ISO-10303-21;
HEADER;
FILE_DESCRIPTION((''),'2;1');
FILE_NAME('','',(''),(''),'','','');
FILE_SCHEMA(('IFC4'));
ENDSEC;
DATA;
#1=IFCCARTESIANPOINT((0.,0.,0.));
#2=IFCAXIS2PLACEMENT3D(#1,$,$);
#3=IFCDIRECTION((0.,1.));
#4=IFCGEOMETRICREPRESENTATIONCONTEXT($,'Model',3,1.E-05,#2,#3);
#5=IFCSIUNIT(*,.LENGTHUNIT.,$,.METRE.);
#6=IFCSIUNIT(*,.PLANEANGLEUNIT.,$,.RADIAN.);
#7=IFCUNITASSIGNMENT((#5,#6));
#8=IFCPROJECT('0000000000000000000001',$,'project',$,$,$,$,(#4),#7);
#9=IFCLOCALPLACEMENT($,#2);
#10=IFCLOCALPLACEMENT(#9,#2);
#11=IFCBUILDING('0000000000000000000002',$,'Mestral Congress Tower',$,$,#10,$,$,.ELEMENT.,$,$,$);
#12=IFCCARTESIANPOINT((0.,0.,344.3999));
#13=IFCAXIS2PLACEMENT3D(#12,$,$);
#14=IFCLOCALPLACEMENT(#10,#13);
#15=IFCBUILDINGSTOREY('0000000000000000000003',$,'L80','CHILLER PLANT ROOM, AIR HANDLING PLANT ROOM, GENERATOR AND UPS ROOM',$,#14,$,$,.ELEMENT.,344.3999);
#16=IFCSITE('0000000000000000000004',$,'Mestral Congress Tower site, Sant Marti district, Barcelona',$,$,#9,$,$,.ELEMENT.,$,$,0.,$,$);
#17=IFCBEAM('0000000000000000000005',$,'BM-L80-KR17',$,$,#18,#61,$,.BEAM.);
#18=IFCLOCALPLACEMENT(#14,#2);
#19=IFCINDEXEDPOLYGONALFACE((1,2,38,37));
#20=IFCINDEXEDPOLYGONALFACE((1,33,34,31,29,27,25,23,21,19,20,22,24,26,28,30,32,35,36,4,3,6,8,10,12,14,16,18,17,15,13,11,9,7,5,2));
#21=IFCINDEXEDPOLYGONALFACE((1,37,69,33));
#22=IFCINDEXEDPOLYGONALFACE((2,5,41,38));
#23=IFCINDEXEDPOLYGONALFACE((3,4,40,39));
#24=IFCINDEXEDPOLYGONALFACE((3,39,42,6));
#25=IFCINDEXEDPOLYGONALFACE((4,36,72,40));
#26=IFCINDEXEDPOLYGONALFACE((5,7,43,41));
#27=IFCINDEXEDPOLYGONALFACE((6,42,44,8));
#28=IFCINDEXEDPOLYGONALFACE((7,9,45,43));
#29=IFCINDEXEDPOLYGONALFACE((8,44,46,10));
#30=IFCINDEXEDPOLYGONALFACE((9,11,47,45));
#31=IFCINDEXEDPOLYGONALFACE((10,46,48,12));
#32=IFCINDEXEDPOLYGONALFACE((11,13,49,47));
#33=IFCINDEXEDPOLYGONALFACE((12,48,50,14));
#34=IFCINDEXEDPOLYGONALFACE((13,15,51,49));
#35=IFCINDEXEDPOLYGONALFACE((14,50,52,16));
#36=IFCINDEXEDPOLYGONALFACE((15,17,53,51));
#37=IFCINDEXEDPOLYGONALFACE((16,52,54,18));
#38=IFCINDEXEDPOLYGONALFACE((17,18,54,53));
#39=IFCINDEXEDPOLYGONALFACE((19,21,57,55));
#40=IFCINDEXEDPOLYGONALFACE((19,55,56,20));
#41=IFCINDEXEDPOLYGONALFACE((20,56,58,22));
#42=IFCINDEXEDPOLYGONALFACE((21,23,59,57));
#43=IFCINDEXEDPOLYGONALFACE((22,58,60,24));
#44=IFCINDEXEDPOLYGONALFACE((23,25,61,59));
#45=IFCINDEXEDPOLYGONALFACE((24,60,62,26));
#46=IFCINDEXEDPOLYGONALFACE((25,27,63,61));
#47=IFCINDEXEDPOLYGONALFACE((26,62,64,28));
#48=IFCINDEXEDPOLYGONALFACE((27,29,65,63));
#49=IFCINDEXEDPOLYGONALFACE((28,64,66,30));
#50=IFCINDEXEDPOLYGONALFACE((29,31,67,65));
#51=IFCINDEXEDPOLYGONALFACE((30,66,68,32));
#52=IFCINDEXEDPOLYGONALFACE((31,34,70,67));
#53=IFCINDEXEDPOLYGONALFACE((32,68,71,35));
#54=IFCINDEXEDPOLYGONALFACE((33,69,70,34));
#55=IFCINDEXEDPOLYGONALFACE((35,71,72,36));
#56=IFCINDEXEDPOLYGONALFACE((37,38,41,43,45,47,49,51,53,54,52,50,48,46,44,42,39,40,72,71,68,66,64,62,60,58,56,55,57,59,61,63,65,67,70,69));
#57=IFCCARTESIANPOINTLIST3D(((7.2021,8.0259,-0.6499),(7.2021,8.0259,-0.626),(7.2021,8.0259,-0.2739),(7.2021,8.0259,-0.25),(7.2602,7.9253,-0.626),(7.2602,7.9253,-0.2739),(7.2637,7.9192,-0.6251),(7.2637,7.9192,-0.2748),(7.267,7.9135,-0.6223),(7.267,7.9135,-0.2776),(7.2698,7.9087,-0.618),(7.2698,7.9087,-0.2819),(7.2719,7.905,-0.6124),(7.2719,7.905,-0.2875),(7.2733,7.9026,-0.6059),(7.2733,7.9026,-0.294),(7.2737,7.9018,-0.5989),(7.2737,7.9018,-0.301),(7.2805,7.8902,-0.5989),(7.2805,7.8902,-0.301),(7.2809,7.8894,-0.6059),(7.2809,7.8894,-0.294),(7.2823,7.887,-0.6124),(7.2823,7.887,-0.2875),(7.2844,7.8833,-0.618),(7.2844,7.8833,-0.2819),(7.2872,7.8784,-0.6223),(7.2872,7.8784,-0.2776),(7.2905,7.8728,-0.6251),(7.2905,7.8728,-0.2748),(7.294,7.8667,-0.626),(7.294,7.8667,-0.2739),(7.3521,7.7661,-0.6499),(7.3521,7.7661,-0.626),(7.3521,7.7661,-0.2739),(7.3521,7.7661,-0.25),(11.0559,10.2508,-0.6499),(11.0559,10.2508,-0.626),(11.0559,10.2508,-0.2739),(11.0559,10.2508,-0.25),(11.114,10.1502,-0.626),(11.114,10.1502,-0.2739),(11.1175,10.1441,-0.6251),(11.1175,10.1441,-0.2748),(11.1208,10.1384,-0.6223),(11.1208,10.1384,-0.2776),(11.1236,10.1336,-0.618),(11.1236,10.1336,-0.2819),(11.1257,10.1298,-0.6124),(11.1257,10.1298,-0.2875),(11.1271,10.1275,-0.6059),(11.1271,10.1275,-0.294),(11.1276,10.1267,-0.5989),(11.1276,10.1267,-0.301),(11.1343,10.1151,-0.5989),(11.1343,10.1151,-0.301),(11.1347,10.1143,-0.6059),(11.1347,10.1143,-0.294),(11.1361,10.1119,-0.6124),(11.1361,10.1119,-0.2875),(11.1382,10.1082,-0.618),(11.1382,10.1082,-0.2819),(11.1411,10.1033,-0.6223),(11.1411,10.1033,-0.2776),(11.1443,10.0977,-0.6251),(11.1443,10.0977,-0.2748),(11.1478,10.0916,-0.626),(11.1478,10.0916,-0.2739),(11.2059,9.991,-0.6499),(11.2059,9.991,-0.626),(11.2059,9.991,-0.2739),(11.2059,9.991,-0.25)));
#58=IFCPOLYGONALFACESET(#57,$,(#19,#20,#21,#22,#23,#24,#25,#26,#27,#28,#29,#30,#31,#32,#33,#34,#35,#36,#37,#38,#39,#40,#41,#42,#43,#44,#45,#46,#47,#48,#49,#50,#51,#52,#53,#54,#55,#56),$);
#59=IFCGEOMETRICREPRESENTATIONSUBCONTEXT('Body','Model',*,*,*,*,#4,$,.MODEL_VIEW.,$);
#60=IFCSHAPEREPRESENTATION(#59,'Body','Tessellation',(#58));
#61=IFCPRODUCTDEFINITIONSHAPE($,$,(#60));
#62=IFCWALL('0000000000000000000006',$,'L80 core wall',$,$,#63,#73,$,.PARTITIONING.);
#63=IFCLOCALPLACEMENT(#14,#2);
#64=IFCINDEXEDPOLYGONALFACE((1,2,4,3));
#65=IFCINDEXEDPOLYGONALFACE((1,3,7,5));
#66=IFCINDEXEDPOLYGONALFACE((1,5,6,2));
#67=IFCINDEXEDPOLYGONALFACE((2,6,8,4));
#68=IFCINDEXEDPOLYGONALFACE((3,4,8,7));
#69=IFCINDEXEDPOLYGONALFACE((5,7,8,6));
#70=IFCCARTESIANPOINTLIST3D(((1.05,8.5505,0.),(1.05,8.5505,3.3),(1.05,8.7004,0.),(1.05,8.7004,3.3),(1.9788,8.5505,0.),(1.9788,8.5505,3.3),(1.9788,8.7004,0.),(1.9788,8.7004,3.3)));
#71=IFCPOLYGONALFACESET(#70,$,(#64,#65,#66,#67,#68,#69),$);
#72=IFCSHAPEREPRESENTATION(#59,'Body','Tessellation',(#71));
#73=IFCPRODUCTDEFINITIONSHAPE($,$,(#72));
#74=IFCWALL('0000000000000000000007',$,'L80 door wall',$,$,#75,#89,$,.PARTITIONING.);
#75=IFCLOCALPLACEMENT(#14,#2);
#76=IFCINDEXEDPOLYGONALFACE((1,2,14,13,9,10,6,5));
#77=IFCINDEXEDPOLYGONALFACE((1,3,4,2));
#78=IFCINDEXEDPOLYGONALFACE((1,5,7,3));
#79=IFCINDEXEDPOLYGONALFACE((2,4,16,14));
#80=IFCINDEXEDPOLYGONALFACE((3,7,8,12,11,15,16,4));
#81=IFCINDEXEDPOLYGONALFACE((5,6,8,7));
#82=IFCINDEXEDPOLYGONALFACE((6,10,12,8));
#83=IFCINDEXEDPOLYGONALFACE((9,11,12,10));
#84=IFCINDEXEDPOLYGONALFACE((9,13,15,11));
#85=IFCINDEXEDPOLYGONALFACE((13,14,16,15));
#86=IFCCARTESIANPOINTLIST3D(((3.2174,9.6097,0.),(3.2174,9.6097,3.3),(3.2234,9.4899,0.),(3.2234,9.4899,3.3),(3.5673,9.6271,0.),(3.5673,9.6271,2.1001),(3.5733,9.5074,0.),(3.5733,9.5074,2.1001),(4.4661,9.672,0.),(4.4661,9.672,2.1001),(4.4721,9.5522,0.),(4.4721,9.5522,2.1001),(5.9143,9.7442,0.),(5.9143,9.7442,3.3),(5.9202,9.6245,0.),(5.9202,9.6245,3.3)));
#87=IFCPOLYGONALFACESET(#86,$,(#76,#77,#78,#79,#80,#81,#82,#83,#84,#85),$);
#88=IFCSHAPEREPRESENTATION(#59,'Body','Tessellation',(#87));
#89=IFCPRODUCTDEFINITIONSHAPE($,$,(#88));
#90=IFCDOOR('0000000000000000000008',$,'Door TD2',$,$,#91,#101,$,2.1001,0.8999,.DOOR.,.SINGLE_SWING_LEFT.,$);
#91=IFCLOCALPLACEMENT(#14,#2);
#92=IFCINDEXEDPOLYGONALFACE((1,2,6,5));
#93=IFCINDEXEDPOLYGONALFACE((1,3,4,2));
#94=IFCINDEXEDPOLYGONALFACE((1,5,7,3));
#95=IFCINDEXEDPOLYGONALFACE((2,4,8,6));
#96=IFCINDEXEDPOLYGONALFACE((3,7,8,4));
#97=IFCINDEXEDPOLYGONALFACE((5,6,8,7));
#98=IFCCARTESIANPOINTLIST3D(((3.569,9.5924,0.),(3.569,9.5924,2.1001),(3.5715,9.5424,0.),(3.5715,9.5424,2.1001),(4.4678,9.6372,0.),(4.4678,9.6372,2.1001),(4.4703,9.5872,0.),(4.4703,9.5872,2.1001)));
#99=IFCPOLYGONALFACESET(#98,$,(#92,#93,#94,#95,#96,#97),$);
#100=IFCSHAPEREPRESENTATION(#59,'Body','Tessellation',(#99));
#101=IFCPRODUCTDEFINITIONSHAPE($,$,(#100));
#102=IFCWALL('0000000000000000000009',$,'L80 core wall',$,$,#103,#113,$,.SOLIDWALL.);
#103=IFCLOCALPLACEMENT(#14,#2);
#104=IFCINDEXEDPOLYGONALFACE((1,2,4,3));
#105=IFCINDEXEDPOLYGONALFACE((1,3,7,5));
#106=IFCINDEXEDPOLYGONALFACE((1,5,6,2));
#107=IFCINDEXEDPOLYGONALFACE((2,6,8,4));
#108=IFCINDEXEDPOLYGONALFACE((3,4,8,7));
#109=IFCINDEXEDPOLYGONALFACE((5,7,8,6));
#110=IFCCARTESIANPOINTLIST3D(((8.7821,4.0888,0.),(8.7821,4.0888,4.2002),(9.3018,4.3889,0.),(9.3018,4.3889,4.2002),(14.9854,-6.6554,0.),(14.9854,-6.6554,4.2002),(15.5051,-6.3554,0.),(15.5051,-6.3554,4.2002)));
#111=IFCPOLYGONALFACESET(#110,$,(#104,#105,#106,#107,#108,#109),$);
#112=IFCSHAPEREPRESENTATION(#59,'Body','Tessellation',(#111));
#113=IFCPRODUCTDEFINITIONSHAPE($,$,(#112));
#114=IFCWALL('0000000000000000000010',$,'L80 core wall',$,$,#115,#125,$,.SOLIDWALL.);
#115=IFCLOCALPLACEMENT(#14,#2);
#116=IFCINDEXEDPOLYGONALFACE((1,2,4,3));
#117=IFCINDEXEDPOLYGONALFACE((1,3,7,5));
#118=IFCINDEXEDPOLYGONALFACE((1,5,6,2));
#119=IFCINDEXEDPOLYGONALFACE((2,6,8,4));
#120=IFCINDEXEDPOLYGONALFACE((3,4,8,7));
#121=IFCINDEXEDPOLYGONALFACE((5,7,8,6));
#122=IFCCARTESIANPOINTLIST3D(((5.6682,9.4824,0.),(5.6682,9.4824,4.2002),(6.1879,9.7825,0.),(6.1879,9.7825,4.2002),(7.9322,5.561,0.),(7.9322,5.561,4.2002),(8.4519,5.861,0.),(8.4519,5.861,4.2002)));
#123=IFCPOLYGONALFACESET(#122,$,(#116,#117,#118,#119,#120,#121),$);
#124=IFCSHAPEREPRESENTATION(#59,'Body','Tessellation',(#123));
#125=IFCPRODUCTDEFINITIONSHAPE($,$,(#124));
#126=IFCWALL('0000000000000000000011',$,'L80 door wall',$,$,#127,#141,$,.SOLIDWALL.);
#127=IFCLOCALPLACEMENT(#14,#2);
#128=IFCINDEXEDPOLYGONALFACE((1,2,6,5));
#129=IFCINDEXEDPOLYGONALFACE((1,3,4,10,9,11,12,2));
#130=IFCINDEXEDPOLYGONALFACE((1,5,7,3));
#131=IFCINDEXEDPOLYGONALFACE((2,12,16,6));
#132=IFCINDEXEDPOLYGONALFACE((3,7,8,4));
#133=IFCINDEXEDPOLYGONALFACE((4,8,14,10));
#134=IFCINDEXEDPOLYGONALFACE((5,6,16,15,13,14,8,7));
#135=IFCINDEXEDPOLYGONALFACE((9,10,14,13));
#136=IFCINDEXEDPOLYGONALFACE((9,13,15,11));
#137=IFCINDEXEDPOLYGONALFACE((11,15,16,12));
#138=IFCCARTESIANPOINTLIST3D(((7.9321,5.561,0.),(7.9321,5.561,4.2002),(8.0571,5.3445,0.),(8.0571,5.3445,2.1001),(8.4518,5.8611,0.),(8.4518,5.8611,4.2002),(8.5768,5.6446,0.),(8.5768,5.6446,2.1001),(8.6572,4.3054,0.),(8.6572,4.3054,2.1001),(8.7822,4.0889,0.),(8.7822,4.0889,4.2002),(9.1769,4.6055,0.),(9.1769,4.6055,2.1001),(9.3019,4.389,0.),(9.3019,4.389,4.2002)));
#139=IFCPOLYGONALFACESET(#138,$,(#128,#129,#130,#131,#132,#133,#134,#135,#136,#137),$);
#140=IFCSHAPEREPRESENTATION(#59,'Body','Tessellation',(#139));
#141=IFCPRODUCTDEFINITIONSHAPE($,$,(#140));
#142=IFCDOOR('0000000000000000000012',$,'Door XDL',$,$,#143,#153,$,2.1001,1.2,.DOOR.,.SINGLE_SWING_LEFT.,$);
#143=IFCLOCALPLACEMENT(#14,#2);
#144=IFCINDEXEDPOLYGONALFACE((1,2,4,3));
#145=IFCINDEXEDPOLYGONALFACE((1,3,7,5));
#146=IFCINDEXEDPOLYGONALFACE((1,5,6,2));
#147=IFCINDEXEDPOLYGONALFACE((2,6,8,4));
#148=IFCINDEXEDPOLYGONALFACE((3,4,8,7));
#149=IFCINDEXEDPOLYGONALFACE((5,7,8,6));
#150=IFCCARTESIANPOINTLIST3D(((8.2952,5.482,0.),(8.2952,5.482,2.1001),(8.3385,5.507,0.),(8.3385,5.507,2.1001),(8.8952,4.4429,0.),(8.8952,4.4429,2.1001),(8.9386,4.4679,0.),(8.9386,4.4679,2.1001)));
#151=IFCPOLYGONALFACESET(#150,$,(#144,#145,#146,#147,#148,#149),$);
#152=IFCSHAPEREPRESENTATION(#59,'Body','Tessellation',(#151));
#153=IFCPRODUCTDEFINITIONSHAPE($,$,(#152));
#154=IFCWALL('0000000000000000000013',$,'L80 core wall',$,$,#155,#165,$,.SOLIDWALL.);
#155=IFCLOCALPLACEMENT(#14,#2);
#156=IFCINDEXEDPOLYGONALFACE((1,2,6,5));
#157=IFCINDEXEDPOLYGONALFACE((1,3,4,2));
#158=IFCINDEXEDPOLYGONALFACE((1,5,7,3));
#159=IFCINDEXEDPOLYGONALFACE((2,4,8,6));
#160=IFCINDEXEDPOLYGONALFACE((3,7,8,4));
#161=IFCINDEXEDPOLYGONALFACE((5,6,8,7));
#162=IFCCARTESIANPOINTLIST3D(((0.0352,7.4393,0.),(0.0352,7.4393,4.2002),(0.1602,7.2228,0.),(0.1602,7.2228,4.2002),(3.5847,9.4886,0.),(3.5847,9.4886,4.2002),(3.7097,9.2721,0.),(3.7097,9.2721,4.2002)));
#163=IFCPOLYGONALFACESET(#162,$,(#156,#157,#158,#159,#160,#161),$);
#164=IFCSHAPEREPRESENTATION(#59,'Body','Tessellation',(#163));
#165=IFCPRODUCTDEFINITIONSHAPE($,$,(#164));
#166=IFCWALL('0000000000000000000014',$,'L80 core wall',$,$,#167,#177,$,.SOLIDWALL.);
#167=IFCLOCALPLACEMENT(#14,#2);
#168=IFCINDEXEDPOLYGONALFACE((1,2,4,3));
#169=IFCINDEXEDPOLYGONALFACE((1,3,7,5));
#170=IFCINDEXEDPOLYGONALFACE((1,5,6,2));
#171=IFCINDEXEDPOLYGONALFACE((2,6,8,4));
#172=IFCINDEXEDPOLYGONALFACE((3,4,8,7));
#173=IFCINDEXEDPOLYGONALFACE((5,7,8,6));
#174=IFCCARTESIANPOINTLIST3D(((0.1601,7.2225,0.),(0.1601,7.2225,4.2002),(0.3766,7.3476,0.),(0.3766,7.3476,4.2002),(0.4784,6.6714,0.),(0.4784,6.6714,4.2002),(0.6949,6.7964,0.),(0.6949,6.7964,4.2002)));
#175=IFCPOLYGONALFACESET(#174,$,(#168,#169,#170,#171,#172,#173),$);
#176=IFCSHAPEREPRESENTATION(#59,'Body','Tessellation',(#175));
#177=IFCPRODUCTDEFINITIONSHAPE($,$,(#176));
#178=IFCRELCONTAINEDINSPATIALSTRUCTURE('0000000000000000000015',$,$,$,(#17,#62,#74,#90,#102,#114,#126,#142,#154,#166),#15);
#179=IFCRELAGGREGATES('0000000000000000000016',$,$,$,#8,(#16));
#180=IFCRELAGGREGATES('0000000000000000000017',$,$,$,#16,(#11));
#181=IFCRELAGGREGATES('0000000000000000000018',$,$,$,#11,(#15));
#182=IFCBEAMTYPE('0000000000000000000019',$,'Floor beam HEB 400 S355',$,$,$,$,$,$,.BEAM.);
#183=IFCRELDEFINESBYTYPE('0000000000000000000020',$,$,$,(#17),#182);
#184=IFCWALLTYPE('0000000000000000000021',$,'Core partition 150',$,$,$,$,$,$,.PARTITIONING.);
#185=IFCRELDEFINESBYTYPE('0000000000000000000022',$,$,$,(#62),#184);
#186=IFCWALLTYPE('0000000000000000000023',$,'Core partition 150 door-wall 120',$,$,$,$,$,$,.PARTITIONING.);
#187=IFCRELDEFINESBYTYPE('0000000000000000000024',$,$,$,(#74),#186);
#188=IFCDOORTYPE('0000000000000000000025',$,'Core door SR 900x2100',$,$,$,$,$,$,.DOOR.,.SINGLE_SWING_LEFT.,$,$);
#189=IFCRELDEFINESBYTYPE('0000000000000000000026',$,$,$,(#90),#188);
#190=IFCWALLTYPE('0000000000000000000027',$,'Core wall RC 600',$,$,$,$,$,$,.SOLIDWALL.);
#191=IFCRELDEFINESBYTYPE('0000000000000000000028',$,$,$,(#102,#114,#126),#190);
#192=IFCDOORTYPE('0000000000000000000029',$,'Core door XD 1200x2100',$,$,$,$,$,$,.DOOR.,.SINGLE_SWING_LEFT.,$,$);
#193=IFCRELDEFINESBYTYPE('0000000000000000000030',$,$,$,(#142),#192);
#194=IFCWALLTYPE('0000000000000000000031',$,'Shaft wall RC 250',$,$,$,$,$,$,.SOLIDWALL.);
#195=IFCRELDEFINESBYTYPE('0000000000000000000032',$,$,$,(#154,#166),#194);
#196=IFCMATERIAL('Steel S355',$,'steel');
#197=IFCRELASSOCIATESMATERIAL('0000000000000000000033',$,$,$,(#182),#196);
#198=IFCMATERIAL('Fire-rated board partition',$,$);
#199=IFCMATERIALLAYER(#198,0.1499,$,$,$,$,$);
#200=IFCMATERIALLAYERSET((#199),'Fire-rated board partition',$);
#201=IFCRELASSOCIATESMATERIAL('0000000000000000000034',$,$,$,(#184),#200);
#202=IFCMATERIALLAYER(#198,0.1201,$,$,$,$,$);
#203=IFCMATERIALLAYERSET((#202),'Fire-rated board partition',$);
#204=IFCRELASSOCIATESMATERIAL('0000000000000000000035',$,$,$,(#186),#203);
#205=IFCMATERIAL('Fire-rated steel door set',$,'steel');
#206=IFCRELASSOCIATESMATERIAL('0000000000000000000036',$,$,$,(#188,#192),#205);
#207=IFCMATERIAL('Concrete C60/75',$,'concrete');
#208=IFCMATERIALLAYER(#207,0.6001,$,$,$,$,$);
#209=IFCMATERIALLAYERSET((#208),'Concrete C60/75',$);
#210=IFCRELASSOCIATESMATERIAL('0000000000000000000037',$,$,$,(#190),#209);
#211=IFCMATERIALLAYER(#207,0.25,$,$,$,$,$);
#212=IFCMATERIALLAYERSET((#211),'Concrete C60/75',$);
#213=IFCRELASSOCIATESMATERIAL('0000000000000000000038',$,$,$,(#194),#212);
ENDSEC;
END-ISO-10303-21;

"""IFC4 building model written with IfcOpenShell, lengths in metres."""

from ifc_helpers import new_model, si_unit, direction, frame, frame_2d, origin, origin_2d, place, context, subcontext, project, spatial, rectangle, i_section, extrude, material, layer, layer_set, material_profile, profile_set, type_object, element, fill, save


model = new_model("IFC4")

# Units and contexts
model_context = context("Model", 3, precision=1e-05, world=origin(), true_north=direction((0.0, 1.0)))
body_context = subcontext(model_context, "Body", "Model", "MODEL_VIEW")
ifc_project = project(units=[si_unit("LENGTHUNIT", "METRE"), si_unit("PLANEANGLEUNIT", "RADIAN")], contexts=[model_context])

# Site, building, storey
site_placement = place(None, origin())
site = spatial("IfcSite", under=ifc_project, at=site_placement, Name="Mestral Congress Tower site, Sant Marti district, Barcelona", CompositionType="ELEMENT", RefElevation=0.0)
building_placement = place(site_placement, origin())
building = spatial("IfcBuilding", under=site, at=building_placement, Name="Mestral Congress Tower", CompositionType="ELEMENT")
storey_placement = place(building_placement, frame((0.0, 0.0, 344.3999)))
storey = spatial("IfcBuildingStorey", under=building, at=storey_placement, Name="L80", Description="CHILLER PLANT ROOM, AIR HANDLING PLANT ROOM, GENERATOR AND UPS ROOM", CompositionType="ELEMENT", Elevation=344.3999)

# Beam
ifc_material_1 = material(Name="Steel S355", Category="steel")
ifc_material_profile = material_profile(ifc_material_1, i_section(OverallWidth=0.3, OverallDepth=0.3999, WebThickness=0.0134, FlangeThickness=0.0239, FilletRadius=0.0271, at=origin_2d()), Name="HEB 400")
ifc_profile_set = profile_set([ifc_material_profile], Name="Steel S355")
beam_type = type_object("IfcBeamType", Name="Floor beam HEB 400 S355", PredefinedType="BEAM", material=ifc_profile_set)
beam_placement = place(storey_placement, frame((7.2771, 7.896, -0.45), z_axis=(0.866037, 0.49998, 0.0), x_axis=(-0.49998, 0.866037, 0.0)))
element("IfcBeam", 1, at=beam_placement, inside=storey, type_object=beam_type, Name="BM-L80-KR17", PredefinedType="BEAM", context=body_context, shape_type="SweptSolid", body=[
    extrude(i_section(OverallWidth=0.3, OverallDepth=0.3999, WebThickness=0.0134, FlangeThickness=0.0239, FilletRadius=0.0271, at=origin_2d()), origin(), (0.0, 0.0, 1.0), 4.45),
])

# Wall
ifc_material_2 = material(Name="Fire-rated board partition")
ifc_layer_1 = layer(ifc_material_2, 0.1499)
ifc_layer_set_1 = layer_set([ifc_layer_1], Name="Fire-rated board partition")
wall_type_1 = type_object("IfcWallType", Name="Core partition 150", PredefinedType="PARTITIONING", material=ifc_layer_set_1)
wall_1_placement = place(storey_placement, frame((1.05, 8.6255, 0.0), z_axis=(0.0, 0.0, 1.0), x_axis=(1.0, 0.0, 0.0)))
element("IfcWall", 2, at=wall_1_placement, inside=storey, type_object=wall_type_1, Name="L80 core wall", PredefinedType="PARTITIONING", context=body_context, shape_type="SweptSolid", body=[
    extrude(rectangle(XDim=0.9287, YDim=0.1499, at=frame_2d((0.4644, 0.0))), origin(), (0.0, 0.0, 1.0), 3.3),
])

# Wall, opening, door
ifc_layer_2 = layer(ifc_material_2, 0.1201)
ifc_layer_set_2 = layer_set([ifc_layer_2], Name="Fire-rated board partition")
wall_type_2 = type_object("IfcWallType", Name="Core partition 150 door-wall 120", PredefinedType="PARTITIONING", material=ifc_layer_set_2)
wall_2_placement = place(storey_placement, frame((5.9172, 9.6843, 0.0), z_axis=(0.0, 0.0, 1.0), x_axis=(-0.998758, -0.04982, 0.0)))
wall_2 = element("IfcWall", 3, at=wall_2_placement, inside=storey, type_object=wall_type_2, Name="L80 door wall", PredefinedType="PARTITIONING", context=body_context, shape_type="SweptSolid", body=[
    extrude(rectangle(XDim=2.7002, YDim=0.1199, at=frame_2d((1.3501, 0.0))), origin(), (0.0, 0.0, 1.0), 3.3),
])
opening_1_placement = place(wall_2_placement, frame((1.45, 0.0, 0.0)))
opening_1 = element("IfcOpeningElement", 4, at=opening_1_placement, cuts=wall_2, PredefinedType="OPENING", context=body_context, shape_type="SweptSolid", body=[
    extrude(rectangle(XDim=0.8999, YDim=2.1001, at=frame_2d((0.45, 1.05))), frame((0.0, 0.0698, 0.0), z_axis=(0.0, -1.0, 0.0), x_axis=(1.0, 0.0, 0.0)), (0.0, 0.0, 1.0), 0.1399),
])
ifc_material_3 = material(Name="Fire-rated steel door set", Category="steel")
door_type_1 = type_object("IfcDoorType", Name="Core door SR 900x2100", OperationType="SINGLE_SWING_LEFT", PredefinedType="DOOR", material=ifc_material_3)
door_1_placement = place(opening_1_placement, origin())
door_1 = element("IfcDoor", 5, at=door_1_placement, inside=storey, type_object=door_type_1, Name="Door TD2", OperationType="SINGLE_SWING_LEFT", OverallHeight=2.1001, OverallWidth=0.8999, PredefinedType="DOOR", context=body_context, shape_type="SweptSolid", body=[
    extrude(rectangle(XDim=0.8999, YDim=2.1001, at=frame_2d((0.45, 1.05))), frame((0.0, 0.0249, 0.0), z_axis=(0.0, -1.0, 0.0), x_axis=(1.0, 0.0, 0.0)), (0.0, 0.0, 1.0), 0.05),
])
fill(opening_1, door_1)

# Walls
ifc_material_4 = material(Name="Concrete C60/75", Category="concrete")
ifc_layer_3 = layer(ifc_material_4, 0.6001)
ifc_layer_set_3 = layer_set([ifc_layer_3], Name="Concrete C60/75")
wall_type_3 = type_object("IfcWallType", Name="Core wall RC 600", PredefinedType="SOLIDWALL", material=ifc_layer_set_3)
wall_3_placement = place(storey_placement, frame((9.042, 4.2388, 0.0), z_axis=(0.0, 0.0, 1.0), x_axis=(0.500006, -0.866022, 0.0)))
element("IfcWall", 6, at=wall_3_placement, inside=storey, type_object=wall_type_3, Name="L80 core wall", PredefinedType="SOLIDWALL", context=body_context, shape_type="SweptSolid", body=[
    extrude(rectangle(XDim=12.4065, YDim=0.6001, at=frame_2d((6.2031, 0.0))), origin(), (0.0, 0.0, 1.0), 4.2002),
])
wall_4_placement = place(storey_placement, frame((5.928, 9.6326, 0.0), z_axis=(0.0, 0.0, 1.0), x_axis=(0.499984, -0.866035, 0.0)))
element("IfcWall", 7, at=wall_4_placement, inside=storey, type_object=wall_type_3, Name="L80 core wall", PredefinedType="SOLIDWALL", context=body_context, shape_type="SweptSolid", body=[
    extrude(rectangle(XDim=4.5281, YDim=0.6001, at=frame_2d((2.2642, 0.0))), origin(), (0.0, 0.0, 1.0), 4.2002),
])

# Wall, opening, door
wall_5_placement = place(storey_placement, frame((8.1919, 5.7112, 0.0), z_axis=(0.0, 0.0, 1.0), x_axis=(0.500062, -0.865989, 0.0)))
wall_5 = element("IfcWall", 8, at=wall_5_placement, inside=storey, type_object=wall_type_3, Name="L80 door wall", PredefinedType="SOLIDWALL", context=body_context, shape_type="SweptSolid", body=[
    extrude(rectangle(XDim=1.7, YDim=0.6001, at=frame_2d((0.8501, 0.0))), origin(), (0.0, 0.0, 1.0), 4.2002),
])
opening_2_placement = place(wall_5_placement, frame((0.25, 0.0, 0.0)))
opening_2 = element("IfcOpeningElement", 9, at=opening_2_placement, cuts=wall_5, PredefinedType="OPENING", context=body_context, shape_type="SweptSolid", body=[
    extrude(rectangle(XDim=1.2, YDim=2.1001, at=frame_2d((0.6001, 1.05))), frame((0.0, 0.3101, 0.0), z_axis=(0.0, -1.0, 0.0), x_axis=(1.0, 0.0, 0.0)), (0.0, 0.0, 1.0), 0.6201),
])
door_type_2 = type_object("IfcDoorType", Name="Core door XD 1200x2100", OperationType="SINGLE_SWING_LEFT", PredefinedType="DOOR", material=ifc_material_3)
door_2_placement = place(opening_2_placement, origin())
door_2 = element("IfcDoor", 10, at=door_2_placement, inside=storey, type_object=door_type_2, Name="Door XDL", OperationType="SINGLE_SWING_LEFT", OverallHeight=2.1001, OverallWidth=1.2, PredefinedType="DOOR", context=body_context, shape_type="SweptSolid", body=[
    extrude(rectangle(XDim=1.2, YDim=2.1001, at=frame_2d((0.6001, 1.05))), frame((0.0, 0.0249, 0.0), z_axis=(0.0, -1.0, 0.0), x_axis=(1.0, 0.0, 0.0)), (0.0, 0.0, 1.0), 0.05),
])
fill(opening_2, door_2)

# Walls
ifc_layer_4 = layer(ifc_material_4, 0.25)
ifc_layer_set_4 = layer_set([ifc_layer_4], Name="Concrete C60/75")
wall_type_4 = type_object("IfcWallType", Name="Shaft wall RC 250", PredefinedType="SOLIDWALL", material=ifc_layer_set_4)
wall_6_placement = place(storey_placement, frame((3.6472, 9.3804, 0.0), z_axis=(0.0, 0.0, 1.0), x_axis=(-0.866028, -0.499996, 0.0)))
element("IfcWall", 11, at=wall_6_placement, inside=storey, type_object=wall_type_4, Name="L80 core wall", PredefinedType="SOLIDWALL", context=body_context, shape_type="SweptSolid", body=[
    extrude(rectangle(XDim=4.0986, YDim=0.25, at=frame_2d((2.0493, 0.0))), origin(), (0.0, 0.0, 1.0), 4.2002),
])
wall_7_placement = place(storey_placement, frame((0.2683, 7.2852, 0.0), z_axis=(0.0, 0.0, 1.0), x_axis=(0.500099, -0.865968, 0.0)))
element("IfcWall", 12, at=wall_7_placement, inside=storey, type_object=wall_type_4, Name="L80 core wall", PredefinedType="SOLIDWALL", context=body_context, shape_type="SweptSolid", body=[
    extrude(rectangle(XDim=0.6365, YDim=0.25, at=frame_2d((0.3184, 0.0))), origin(), (0.0, 0.0, 1.0), 4.2002),
])

save(model, "model.ifc")
